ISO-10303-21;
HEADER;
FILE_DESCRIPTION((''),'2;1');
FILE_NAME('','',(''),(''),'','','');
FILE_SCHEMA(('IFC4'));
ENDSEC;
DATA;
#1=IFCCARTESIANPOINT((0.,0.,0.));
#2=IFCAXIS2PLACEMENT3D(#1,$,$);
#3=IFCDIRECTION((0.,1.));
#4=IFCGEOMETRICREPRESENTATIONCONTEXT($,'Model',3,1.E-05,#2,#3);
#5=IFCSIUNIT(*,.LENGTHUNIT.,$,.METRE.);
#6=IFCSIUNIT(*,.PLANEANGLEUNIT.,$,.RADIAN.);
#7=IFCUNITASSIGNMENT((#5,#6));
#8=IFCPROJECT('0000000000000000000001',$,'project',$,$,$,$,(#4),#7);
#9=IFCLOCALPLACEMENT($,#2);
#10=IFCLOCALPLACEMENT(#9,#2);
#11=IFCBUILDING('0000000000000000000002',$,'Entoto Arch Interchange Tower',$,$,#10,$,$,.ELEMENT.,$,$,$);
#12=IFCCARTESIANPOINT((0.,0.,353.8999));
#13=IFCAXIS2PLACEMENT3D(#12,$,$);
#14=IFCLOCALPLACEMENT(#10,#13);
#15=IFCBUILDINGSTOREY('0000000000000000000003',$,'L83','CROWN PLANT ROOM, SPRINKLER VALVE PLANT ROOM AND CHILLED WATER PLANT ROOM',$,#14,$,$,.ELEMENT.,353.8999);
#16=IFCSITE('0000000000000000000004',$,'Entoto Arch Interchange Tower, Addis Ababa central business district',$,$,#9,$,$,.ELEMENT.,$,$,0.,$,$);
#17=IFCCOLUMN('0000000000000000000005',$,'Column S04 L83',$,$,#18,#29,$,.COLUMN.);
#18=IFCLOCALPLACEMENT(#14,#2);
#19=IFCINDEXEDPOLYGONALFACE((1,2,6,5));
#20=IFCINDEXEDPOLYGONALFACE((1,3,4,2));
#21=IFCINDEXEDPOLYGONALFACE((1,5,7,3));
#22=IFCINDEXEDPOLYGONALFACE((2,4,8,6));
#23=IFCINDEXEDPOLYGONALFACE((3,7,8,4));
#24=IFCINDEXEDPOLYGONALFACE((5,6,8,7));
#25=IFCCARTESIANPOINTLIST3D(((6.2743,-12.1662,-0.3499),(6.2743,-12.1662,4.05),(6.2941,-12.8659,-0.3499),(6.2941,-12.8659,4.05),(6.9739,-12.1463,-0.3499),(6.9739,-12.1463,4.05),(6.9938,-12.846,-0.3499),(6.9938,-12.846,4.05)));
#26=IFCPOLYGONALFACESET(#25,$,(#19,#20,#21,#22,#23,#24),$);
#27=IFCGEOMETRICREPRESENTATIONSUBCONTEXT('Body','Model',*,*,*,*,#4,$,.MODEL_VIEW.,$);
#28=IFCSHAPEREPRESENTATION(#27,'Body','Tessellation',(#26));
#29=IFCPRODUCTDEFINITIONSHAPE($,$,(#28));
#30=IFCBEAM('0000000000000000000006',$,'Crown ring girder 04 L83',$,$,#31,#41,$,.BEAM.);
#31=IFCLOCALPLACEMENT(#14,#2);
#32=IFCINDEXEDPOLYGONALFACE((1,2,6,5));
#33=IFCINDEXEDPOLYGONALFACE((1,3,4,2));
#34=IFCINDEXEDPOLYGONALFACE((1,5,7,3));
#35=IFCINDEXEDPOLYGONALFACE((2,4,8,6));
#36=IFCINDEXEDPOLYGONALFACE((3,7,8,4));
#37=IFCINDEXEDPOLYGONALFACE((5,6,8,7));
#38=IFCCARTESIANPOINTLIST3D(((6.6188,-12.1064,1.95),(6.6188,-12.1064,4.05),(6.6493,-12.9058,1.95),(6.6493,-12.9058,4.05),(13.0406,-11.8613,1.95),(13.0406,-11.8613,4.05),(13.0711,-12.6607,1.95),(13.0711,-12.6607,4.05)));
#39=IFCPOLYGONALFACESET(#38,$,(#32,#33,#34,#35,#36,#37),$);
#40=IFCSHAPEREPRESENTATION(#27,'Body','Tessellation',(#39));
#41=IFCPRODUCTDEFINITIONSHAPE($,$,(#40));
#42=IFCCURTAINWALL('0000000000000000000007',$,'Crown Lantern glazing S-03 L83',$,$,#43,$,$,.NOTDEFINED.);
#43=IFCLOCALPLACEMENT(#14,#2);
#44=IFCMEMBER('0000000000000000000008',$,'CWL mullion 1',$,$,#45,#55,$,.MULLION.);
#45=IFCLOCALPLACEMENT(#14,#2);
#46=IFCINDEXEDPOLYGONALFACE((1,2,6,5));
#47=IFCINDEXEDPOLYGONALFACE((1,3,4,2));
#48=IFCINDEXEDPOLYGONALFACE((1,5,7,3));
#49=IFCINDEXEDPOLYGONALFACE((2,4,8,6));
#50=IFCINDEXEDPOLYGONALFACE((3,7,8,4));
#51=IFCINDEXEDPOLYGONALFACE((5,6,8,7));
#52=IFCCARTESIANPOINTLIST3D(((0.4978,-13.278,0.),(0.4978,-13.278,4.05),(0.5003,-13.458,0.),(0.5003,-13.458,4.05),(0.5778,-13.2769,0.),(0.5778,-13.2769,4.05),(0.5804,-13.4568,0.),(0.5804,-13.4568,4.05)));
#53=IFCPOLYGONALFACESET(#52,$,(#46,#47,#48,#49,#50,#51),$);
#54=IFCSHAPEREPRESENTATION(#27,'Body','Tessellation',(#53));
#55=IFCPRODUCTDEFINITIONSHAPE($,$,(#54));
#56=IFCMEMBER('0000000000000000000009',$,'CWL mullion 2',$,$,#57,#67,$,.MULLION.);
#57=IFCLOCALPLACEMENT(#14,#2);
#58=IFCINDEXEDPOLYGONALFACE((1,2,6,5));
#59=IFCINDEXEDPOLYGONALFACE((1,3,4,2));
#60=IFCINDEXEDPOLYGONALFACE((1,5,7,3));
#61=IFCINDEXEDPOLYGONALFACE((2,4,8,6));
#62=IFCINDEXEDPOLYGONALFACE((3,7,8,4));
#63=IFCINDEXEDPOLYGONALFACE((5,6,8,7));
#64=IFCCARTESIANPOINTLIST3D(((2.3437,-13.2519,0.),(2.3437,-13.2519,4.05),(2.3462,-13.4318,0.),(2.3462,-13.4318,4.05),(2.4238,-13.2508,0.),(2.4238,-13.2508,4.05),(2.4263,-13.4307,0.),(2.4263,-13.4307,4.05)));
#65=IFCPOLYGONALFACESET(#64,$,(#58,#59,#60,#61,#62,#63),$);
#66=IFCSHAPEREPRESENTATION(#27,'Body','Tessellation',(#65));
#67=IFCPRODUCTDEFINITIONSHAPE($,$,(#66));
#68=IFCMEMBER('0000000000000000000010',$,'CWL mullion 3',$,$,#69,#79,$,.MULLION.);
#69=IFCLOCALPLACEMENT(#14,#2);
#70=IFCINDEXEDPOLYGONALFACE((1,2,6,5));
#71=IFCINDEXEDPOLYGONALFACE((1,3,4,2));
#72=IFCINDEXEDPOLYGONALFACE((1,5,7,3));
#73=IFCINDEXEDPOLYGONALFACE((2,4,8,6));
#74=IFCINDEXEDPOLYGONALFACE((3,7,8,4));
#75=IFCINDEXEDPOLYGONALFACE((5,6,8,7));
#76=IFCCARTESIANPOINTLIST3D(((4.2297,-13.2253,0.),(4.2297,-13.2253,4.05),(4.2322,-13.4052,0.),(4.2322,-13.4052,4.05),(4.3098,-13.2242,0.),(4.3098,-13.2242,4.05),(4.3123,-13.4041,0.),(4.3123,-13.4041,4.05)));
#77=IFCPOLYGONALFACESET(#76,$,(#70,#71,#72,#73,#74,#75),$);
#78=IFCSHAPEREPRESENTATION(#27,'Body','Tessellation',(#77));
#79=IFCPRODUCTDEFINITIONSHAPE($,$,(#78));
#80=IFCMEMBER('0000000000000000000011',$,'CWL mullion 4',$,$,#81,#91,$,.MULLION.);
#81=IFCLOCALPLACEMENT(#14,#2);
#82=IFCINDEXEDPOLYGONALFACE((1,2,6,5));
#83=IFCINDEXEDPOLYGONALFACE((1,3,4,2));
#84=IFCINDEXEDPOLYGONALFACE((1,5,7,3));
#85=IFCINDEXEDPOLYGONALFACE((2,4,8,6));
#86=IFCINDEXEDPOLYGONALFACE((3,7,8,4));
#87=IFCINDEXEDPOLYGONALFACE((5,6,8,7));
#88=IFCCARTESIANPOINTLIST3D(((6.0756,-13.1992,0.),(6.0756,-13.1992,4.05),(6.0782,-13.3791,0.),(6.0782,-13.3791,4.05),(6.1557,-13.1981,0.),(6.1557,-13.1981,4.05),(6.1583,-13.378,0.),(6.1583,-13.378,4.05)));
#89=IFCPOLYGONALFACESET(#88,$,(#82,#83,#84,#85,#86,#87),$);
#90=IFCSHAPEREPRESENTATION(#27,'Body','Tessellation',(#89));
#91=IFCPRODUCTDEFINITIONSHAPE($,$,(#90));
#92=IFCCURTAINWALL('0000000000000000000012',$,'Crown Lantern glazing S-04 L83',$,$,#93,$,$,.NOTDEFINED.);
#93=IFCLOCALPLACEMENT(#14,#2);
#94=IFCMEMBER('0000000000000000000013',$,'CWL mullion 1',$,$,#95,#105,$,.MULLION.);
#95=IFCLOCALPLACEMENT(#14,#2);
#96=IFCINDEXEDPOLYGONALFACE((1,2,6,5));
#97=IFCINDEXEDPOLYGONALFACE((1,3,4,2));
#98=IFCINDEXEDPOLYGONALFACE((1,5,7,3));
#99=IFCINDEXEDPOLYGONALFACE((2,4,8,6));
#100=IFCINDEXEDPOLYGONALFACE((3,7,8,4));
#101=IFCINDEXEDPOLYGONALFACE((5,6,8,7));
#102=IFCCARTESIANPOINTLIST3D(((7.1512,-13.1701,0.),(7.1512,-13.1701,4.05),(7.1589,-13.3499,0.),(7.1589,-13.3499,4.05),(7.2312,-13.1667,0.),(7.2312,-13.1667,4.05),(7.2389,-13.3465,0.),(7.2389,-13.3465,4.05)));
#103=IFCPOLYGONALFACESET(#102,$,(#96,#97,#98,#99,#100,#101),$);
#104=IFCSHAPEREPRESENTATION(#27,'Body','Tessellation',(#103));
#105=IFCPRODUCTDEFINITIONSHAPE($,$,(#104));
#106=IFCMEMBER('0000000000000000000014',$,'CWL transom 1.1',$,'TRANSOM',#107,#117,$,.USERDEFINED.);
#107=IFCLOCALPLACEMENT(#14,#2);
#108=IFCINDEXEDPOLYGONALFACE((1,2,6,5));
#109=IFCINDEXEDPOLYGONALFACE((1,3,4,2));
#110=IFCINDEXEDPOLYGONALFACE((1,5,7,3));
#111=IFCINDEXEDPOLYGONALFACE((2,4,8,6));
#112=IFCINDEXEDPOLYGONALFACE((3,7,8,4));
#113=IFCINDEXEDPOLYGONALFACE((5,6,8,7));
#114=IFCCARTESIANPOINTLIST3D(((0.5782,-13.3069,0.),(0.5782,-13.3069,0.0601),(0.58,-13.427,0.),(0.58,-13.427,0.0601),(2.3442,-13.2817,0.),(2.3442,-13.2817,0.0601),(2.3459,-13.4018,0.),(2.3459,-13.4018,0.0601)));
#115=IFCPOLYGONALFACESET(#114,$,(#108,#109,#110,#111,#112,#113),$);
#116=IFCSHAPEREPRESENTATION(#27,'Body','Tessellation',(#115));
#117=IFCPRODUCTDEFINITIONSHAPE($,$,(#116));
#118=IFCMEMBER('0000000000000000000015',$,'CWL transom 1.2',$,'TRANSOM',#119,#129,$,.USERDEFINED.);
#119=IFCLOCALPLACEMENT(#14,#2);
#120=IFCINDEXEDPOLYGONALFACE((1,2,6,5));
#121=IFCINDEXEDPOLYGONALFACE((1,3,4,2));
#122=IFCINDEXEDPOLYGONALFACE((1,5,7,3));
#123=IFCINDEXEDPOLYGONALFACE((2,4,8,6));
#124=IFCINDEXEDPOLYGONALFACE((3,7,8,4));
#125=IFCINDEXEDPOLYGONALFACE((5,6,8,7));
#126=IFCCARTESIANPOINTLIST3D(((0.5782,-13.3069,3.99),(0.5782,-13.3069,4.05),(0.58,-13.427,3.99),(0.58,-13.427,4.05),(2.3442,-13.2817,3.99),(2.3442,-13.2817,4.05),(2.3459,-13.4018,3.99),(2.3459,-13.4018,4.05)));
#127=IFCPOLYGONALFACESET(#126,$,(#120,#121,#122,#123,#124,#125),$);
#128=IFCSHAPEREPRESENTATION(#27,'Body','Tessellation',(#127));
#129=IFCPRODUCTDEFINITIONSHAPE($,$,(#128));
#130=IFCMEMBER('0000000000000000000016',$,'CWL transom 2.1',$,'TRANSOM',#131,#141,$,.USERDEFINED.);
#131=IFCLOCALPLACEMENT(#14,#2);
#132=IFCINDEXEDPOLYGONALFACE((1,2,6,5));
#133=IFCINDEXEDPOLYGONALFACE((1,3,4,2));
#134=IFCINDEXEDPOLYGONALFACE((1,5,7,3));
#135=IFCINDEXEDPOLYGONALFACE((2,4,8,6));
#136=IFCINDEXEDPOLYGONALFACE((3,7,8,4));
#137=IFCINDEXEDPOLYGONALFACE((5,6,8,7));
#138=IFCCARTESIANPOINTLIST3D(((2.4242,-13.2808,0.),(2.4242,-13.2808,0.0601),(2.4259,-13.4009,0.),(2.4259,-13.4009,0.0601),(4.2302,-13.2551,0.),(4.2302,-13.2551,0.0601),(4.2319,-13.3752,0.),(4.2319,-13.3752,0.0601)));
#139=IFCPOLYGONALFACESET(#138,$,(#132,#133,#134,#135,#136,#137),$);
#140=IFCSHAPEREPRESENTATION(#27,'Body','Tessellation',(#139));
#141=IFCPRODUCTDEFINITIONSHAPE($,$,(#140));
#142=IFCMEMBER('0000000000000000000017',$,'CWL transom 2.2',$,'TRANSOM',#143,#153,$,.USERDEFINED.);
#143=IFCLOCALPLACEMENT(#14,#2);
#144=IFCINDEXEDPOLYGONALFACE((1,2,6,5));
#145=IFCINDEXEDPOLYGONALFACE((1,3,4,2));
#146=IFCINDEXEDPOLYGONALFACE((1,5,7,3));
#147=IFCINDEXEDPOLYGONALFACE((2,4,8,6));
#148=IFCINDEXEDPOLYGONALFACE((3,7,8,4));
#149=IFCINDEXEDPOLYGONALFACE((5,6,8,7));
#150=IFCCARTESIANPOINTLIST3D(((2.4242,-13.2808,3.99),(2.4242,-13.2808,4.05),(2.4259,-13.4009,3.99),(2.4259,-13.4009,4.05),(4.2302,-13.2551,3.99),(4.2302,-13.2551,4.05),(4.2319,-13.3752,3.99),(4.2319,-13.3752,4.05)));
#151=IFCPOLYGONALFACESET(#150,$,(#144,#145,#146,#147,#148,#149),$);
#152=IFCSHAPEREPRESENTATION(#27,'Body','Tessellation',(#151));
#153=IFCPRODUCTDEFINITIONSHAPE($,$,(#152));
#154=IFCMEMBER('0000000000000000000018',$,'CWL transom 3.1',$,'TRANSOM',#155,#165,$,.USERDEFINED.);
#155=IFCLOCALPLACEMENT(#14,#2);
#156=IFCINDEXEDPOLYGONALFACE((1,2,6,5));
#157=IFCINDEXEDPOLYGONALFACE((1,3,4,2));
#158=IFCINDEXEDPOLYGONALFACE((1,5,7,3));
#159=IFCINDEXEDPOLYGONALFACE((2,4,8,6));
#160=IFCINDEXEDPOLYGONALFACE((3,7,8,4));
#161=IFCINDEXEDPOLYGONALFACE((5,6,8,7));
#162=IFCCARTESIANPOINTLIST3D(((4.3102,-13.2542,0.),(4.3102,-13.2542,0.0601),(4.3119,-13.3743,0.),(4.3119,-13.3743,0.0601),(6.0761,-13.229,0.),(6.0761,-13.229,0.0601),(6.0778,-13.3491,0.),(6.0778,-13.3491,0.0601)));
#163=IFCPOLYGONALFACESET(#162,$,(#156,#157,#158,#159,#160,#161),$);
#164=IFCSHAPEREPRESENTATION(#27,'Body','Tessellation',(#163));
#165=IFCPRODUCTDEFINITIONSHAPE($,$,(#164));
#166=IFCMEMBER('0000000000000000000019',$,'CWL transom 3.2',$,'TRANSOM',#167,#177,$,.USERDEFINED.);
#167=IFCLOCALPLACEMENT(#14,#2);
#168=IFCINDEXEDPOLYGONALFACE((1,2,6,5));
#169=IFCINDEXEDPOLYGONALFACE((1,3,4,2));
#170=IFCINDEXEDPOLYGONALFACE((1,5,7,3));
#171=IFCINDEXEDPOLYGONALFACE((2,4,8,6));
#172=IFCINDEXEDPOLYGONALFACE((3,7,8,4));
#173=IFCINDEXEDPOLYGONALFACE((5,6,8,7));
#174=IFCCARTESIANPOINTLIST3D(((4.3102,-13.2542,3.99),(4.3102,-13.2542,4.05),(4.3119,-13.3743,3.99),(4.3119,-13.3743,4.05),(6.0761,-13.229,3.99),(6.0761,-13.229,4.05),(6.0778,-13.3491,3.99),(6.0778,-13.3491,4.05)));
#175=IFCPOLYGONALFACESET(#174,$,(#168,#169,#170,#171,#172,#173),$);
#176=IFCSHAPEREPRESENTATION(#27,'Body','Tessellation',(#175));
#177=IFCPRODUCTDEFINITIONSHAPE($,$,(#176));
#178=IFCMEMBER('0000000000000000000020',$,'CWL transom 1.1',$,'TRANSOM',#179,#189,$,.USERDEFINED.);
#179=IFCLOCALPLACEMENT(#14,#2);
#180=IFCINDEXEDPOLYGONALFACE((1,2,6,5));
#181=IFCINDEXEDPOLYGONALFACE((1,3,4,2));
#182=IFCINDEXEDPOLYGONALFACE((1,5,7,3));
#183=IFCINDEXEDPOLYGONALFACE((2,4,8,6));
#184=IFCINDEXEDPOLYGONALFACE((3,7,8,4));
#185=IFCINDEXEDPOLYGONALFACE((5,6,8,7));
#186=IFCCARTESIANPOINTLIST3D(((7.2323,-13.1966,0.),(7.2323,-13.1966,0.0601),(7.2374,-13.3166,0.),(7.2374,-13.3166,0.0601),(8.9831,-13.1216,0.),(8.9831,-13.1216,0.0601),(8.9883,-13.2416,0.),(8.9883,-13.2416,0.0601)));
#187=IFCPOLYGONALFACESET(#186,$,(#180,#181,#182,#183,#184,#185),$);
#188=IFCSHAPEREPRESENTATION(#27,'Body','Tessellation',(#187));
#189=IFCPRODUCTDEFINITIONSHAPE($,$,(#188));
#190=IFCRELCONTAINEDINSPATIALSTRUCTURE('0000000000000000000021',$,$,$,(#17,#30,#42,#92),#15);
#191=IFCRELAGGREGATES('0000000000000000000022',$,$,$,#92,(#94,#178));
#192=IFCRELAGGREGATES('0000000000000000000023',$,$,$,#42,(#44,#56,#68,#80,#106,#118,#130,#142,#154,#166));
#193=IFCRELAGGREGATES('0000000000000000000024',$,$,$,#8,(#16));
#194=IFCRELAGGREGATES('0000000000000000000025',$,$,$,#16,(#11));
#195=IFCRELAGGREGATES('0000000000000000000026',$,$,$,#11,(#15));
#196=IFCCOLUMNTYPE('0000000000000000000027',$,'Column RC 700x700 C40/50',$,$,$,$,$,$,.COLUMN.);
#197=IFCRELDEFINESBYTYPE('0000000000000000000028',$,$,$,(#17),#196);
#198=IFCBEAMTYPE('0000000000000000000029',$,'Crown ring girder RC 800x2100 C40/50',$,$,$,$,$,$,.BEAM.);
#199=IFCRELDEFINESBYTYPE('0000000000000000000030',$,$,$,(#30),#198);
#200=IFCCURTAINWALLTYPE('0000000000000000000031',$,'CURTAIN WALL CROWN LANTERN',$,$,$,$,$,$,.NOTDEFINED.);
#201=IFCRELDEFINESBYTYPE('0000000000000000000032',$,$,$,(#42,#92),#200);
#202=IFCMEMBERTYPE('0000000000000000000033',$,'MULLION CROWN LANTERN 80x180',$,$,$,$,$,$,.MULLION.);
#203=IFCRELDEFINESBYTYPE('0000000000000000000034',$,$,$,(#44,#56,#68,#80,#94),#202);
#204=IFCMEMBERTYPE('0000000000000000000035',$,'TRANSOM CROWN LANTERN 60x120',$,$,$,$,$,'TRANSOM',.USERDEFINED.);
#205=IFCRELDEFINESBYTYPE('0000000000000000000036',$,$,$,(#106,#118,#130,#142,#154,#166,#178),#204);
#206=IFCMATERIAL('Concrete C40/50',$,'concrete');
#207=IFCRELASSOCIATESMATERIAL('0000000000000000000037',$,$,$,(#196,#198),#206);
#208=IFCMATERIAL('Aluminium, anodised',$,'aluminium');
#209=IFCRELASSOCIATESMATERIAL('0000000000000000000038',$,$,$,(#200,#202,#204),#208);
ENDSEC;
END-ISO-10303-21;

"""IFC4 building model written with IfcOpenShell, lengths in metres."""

from ifc_helpers import new_model, si_unit, direction, frame, origin, origin_2d, place, context, subcontext, project, spatial, rectangle, extrude, material, material_profile, profile_set, type_object, element, aggregate, save


model = new_model("IFC4")

# Units and contexts
model_context = context("Model", 3, precision=1e-05, world=origin(), true_north=direction((0.0, 1.0)))
body_context = subcontext(model_context, "Body", "Model", "MODEL_VIEW")
ifc_project = project(units=[si_unit("LENGTHUNIT", "METRE"), si_unit("PLANEANGLEUNIT", "RADIAN")], contexts=[model_context])

# Site, building, storey
site_placement = place(None, origin())
site = spatial("IfcSite", under=ifc_project, at=site_placement, Name="Entoto Arch Interchange Tower, Addis Ababa central business district", CompositionType="ELEMENT", RefElevation=0.0)
building_placement = place(site_placement, origin())
building = spatial("IfcBuilding", under=site, at=building_placement, Name="Entoto Arch Interchange Tower", CompositionType="ELEMENT")
storey_placement = place(building_placement, frame((0.0, 0.0, 353.8999)))
storey = spatial("IfcBuildingStorey", under=building, at=storey_placement, Name="L83", Description="CROWN PLANT ROOM, SPRINKLER VALVE PLANT ROOM AND CHILLED WATER PLANT ROOM", CompositionType="ELEMENT", Elevation=353.8999)

# Column
ifc_material_1 = material(Name="Concrete C40/50", Category="concrete")
ifc_material_profile_1 = material_profile(ifc_material_1, rectangle(XDim=0.7, YDim=0.7, at=origin_2d()))
ifc_profile_set_1 = profile_set([ifc_material_profile_1], Name="Concrete C40/50")
column_type = type_object("IfcColumnType", Name="Column RC 700x700 C40/50", PredefinedType="COLUMN", material=ifc_profile_set_1)
column_placement = place(storey_placement, frame((6.634, -12.5061, -0.3499), z_axis=(0.0, 0.0, 1.0), x_axis=(0.999598, 0.028358, 0.0)))
element("IfcColumn", 1, at=column_placement, inside=storey, type_object=column_type, Name="Column S04 L83", PredefinedType="COLUMN", context=body_context, shape_type="SweptSolid", body=[
    extrude(rectangle(XDim=0.7, YDim=0.7, at=origin_2d()), origin(), (0.0, 0.0, 1.0), 4.3999),
])

# Beam
ifc_material_profile_2 = material_profile(ifc_material_1, rectangle(XDim=0.8, YDim=2.1001, at=origin_2d()))
ifc_profile_set_2 = profile_set([ifc_material_profile_2], Name="Concrete C40/50")
beam_type = type_object("IfcBeamType", Name="Crown ring girder RC 800x2100 C40/50", PredefinedType="BEAM", material=ifc_profile_set_2)
beam_placement = place(storey_placement, frame((6.634, -12.5061, 3.0), z_axis=(0.999272, 0.038141, 0.0), x_axis=(-0.038141, 0.999272, 0.0)))
element("IfcBeam", 2, at=beam_placement, inside=storey, type_object=beam_type, Name="Crown ring girder 04 L83", PredefinedType="BEAM", context=body_context, shape_type="SweptSolid", body=[
    extrude(rectangle(XDim=0.8, YDim=2.1001, at=origin_2d()), origin(), (0.0, 0.0, 1.0), 6.4265),
])

# Curtain wall, members
ifc_material_2 = material(Name="Aluminium, anodised", Category="aluminium")
curtain_wall_type = type_object("IfcCurtainWallType", Name="CURTAIN WALL CROWN LANTERN", PredefinedType="NOTDEFINED", material=ifc_material_2)
curtain_wall_1_placement = place(storey_placement, origin())
curtain_wall_1 = element("IfcCurtainWall", 3, at=curtain_wall_1_placement, inside=storey, type_object=curtain_wall_type, Name="Crown Lantern glazing S-03 L83", PredefinedType="NOTDEFINED")
ifc_material_profile_3 = material_profile(ifc_material_2, rectangle(XDim=0.1799, YDim=0.0801, at=origin_2d()))
ifc_profile_set_3 = profile_set([ifc_material_profile_3], Name="Aluminium, anodised")
member_type_1 = type_object("IfcMemberType", Name="MULLION CROWN LANTERN 80x180", PredefinedType="MULLION", material=ifc_profile_set_3)
member_1_placement = place(storey_placement, frame((0.5391, -13.3674, 0.0), z_axis=(0.0, 0.0, 1.0), x_axis=(-0.014138, 0.9999, 0.0)))
member_1 = element("IfcMember", 4, at=member_1_placement, type_object=member_type_1, Name="CWL mullion 1", PredefinedType="MULLION", context=body_context, shape_type="SweptSolid", body=[
    extrude(rectangle(XDim=0.1799, YDim=0.0801, at=origin_2d()), origin(), (0.0, 0.0, 1.0), 4.05),
])
member_2_placement = place(storey_placement, frame((2.385, -13.3413, 0.0), z_axis=(0.0, 0.0, 1.0), x_axis=(-0.014138, 0.9999, 0.0)))
member_2 = element("IfcMember", 5, at=member_2_placement, type_object=member_type_1, Name="CWL mullion 2", PredefinedType="MULLION", context=body_context, shape_type="SweptSolid", body=[
    extrude(rectangle(XDim=0.1799, YDim=0.0801, at=origin_2d()), origin(), (0.0, 0.0, 1.0), 4.05),
])
member_3_placement = place(storey_placement, frame((4.271, -13.3147, 0.0), z_axis=(0.0, 0.0, 1.0), x_axis=(-0.014138, 0.9999, 0.0)))
member_3 = element("IfcMember", 6, at=member_3_placement, type_object=member_type_1, Name="CWL mullion 3", PredefinedType="MULLION", context=body_context, shape_type="SweptSolid", body=[
    extrude(rectangle(XDim=0.1799, YDim=0.0801, at=origin_2d()), origin(), (0.0, 0.0, 1.0), 4.05),
])
member_4_placement = place(storey_placement, frame((6.1169, -13.2886, 0.0), z_axis=(0.0, 0.0, 1.0), x_axis=(-0.014138, 0.9999, 0.0)))
member_4 = element("IfcMember", 7, at=member_4_placement, type_object=member_type_1, Name="CWL mullion 4", PredefinedType="MULLION", context=body_context, shape_type="SweptSolid", body=[
    extrude(rectangle(XDim=0.1799, YDim=0.0801, at=origin_2d()), origin(), (0.0, 0.0, 1.0), 4.05),
])

# Curtain wall, member
curtain_wall_2_placement = place(storey_placement, origin())
curtain_wall_2 = element("IfcCurtainWall", 8, at=curtain_wall_2_placement, inside=storey, type_object=curtain_wall_type, Name="Crown Lantern glazing S-04 L83", PredefinedType="NOTDEFINED")
member_5_placement = place(storey_placement, frame((7.1951, -13.2583, 0.0), z_axis=(0.0, 0.0, 1.0), x_axis=(-0.042726, 0.999087, 0.0)))
member_5 = element("IfcMember", 9, at=member_5_placement, type_object=member_type_1, Name="CWL mullion 1", PredefinedType="MULLION", context=body_context, shape_type="SweptSolid", body=[
    extrude(rectangle(XDim=0.1799, YDim=0.0801, at=origin_2d()), origin(), (0.0, 0.0, 1.0), 4.05),
])

# Members
ifc_material_profile_4 = material_profile(ifc_material_2, rectangle(XDim=0.1201, YDim=0.0601, at=origin_2d()))
ifc_profile_set_4 = profile_set([ifc_material_profile_4], Name="Aluminium, anodised")
member_type_2 = type_object("IfcMemberType", Name="TRANSOM CROWN LANTERN 60x120", ElementType="TRANSOM", PredefinedType="USERDEFINED", material=ifc_profile_set_4)
member_6_placement = place(storey_placement, frame((0.5791, -13.3669, 0.03), z_axis=(0.999899, 0.014239, 0.0), x_axis=(-0.014239, 0.999899, 0.0)))
member_6 = element("IfcMember", 10, at=member_6_placement, type_object=member_type_2, Name="CWL transom 1.1", ObjectType="TRANSOM", PredefinedType="USERDEFINED", context=body_context, shape_type="SweptSolid", body=[
    extrude(rectangle(XDim=0.1201, YDim=0.0601, at=origin_2d()), origin(), (0.0, 0.0, 1.0), 1.7661),
])
member_7_placement = place(storey_placement, frame((0.5791, -13.3669, 4.02), z_axis=(0.999899, 0.014239, 0.0), x_axis=(-0.014239, 0.999899, 0.0)))
member_7 = element("IfcMember", 11, at=member_7_placement, type_object=member_type_2, Name="CWL transom 1.2", ObjectType="TRANSOM", PredefinedType="USERDEFINED", context=body_context, shape_type="SweptSolid", body=[
    extrude(rectangle(XDim=0.1201, YDim=0.0601, at=origin_2d()), origin(), (0.0, 0.0, 1.0), 1.7661),
])
member_8_placement = place(storey_placement, frame((2.425, -13.3408, 0.03), z_axis=(0.999899, 0.014194, 0.0), x_axis=(-0.014194, 0.999899, 0.0)))
member_8 = element("IfcMember", 12, at=member_8_placement, type_object=member_type_2, Name="CWL transom 2.1", ObjectType="TRANSOM", PredefinedType="USERDEFINED", context=body_context, shape_type="SweptSolid", body=[
    extrude(rectangle(XDim=0.1201, YDim=0.0601, at=origin_2d()), origin(), (0.0, 0.0, 1.0), 1.8062),
])
member_9_placement = place(storey_placement, frame((2.425, -13.3408, 4.02), z_axis=(0.999899, 0.014194, 0.0), x_axis=(-0.014194, 0.999899, 0.0)))
member_9 = element("IfcMember", 13, at=member_9_placement, type_object=member_type_2, Name="CWL transom 2.2", ObjectType="TRANSOM", PredefinedType="USERDEFINED", context=body_context, shape_type="SweptSolid", body=[
    extrude(rectangle(XDim=0.1201, YDim=0.0601, at=origin_2d()), origin(), (0.0, 0.0, 1.0), 1.8062),
])
member_10_placement = place(storey_placement, frame((4.311, -13.3142, 0.03), z_axis=(0.999899, 0.014239, 0.0), x_axis=(-0.014239, 0.999899, 0.0)))
member_10 = element("IfcMember", 14, at=member_10_placement, type_object=member_type_2, Name="CWL transom 3.1", ObjectType="TRANSOM", PredefinedType="USERDEFINED", context=body_context, shape_type="SweptSolid", body=[
    extrude(rectangle(XDim=0.1201, YDim=0.0601, at=origin_2d()), origin(), (0.0, 0.0, 1.0), 1.7661),
])
member_11_placement = place(storey_placement, frame((4.311, -13.3142, 4.02), z_axis=(0.999899, 0.014239, 0.0), x_axis=(-0.014239, 0.999899, 0.0)))
member_11 = element("IfcMember", 15, at=member_11_placement, type_object=member_type_2, Name="CWL transom 3.2", ObjectType="TRANSOM", PredefinedType="USERDEFINED", context=body_context, shape_type="SweptSolid", body=[
    extrude(rectangle(XDim=0.1201, YDim=0.0601, at=origin_2d()), origin(), (0.0, 0.0, 1.0), 1.7661),
])
member_12_placement = place(storey_placement, frame((7.2349, -13.2566, 0.03), z_axis=(0.999085, 0.042772, 0.0), x_axis=(-0.042772, 0.999085, 0.0)))
member_12 = element("IfcMember", 16, at=member_12_placement, type_object=member_type_2, Name="CWL transom 1.1", ObjectType="TRANSOM", PredefinedType="USERDEFINED", context=body_context, shape_type="SweptSolid", body=[
    extrude(rectangle(XDim=0.1201, YDim=0.0601, at=origin_2d()), origin(), (0.0, 0.0, 1.0), 1.7524),
])
aggregate(curtain_wall_2, [member_5, member_12])

aggregate(curtain_wall_1, [member_1, member_2, member_3, member_4, member_6, member_7, member_8, member_9, member_10, member_11])

save(model, "model.ifc")
